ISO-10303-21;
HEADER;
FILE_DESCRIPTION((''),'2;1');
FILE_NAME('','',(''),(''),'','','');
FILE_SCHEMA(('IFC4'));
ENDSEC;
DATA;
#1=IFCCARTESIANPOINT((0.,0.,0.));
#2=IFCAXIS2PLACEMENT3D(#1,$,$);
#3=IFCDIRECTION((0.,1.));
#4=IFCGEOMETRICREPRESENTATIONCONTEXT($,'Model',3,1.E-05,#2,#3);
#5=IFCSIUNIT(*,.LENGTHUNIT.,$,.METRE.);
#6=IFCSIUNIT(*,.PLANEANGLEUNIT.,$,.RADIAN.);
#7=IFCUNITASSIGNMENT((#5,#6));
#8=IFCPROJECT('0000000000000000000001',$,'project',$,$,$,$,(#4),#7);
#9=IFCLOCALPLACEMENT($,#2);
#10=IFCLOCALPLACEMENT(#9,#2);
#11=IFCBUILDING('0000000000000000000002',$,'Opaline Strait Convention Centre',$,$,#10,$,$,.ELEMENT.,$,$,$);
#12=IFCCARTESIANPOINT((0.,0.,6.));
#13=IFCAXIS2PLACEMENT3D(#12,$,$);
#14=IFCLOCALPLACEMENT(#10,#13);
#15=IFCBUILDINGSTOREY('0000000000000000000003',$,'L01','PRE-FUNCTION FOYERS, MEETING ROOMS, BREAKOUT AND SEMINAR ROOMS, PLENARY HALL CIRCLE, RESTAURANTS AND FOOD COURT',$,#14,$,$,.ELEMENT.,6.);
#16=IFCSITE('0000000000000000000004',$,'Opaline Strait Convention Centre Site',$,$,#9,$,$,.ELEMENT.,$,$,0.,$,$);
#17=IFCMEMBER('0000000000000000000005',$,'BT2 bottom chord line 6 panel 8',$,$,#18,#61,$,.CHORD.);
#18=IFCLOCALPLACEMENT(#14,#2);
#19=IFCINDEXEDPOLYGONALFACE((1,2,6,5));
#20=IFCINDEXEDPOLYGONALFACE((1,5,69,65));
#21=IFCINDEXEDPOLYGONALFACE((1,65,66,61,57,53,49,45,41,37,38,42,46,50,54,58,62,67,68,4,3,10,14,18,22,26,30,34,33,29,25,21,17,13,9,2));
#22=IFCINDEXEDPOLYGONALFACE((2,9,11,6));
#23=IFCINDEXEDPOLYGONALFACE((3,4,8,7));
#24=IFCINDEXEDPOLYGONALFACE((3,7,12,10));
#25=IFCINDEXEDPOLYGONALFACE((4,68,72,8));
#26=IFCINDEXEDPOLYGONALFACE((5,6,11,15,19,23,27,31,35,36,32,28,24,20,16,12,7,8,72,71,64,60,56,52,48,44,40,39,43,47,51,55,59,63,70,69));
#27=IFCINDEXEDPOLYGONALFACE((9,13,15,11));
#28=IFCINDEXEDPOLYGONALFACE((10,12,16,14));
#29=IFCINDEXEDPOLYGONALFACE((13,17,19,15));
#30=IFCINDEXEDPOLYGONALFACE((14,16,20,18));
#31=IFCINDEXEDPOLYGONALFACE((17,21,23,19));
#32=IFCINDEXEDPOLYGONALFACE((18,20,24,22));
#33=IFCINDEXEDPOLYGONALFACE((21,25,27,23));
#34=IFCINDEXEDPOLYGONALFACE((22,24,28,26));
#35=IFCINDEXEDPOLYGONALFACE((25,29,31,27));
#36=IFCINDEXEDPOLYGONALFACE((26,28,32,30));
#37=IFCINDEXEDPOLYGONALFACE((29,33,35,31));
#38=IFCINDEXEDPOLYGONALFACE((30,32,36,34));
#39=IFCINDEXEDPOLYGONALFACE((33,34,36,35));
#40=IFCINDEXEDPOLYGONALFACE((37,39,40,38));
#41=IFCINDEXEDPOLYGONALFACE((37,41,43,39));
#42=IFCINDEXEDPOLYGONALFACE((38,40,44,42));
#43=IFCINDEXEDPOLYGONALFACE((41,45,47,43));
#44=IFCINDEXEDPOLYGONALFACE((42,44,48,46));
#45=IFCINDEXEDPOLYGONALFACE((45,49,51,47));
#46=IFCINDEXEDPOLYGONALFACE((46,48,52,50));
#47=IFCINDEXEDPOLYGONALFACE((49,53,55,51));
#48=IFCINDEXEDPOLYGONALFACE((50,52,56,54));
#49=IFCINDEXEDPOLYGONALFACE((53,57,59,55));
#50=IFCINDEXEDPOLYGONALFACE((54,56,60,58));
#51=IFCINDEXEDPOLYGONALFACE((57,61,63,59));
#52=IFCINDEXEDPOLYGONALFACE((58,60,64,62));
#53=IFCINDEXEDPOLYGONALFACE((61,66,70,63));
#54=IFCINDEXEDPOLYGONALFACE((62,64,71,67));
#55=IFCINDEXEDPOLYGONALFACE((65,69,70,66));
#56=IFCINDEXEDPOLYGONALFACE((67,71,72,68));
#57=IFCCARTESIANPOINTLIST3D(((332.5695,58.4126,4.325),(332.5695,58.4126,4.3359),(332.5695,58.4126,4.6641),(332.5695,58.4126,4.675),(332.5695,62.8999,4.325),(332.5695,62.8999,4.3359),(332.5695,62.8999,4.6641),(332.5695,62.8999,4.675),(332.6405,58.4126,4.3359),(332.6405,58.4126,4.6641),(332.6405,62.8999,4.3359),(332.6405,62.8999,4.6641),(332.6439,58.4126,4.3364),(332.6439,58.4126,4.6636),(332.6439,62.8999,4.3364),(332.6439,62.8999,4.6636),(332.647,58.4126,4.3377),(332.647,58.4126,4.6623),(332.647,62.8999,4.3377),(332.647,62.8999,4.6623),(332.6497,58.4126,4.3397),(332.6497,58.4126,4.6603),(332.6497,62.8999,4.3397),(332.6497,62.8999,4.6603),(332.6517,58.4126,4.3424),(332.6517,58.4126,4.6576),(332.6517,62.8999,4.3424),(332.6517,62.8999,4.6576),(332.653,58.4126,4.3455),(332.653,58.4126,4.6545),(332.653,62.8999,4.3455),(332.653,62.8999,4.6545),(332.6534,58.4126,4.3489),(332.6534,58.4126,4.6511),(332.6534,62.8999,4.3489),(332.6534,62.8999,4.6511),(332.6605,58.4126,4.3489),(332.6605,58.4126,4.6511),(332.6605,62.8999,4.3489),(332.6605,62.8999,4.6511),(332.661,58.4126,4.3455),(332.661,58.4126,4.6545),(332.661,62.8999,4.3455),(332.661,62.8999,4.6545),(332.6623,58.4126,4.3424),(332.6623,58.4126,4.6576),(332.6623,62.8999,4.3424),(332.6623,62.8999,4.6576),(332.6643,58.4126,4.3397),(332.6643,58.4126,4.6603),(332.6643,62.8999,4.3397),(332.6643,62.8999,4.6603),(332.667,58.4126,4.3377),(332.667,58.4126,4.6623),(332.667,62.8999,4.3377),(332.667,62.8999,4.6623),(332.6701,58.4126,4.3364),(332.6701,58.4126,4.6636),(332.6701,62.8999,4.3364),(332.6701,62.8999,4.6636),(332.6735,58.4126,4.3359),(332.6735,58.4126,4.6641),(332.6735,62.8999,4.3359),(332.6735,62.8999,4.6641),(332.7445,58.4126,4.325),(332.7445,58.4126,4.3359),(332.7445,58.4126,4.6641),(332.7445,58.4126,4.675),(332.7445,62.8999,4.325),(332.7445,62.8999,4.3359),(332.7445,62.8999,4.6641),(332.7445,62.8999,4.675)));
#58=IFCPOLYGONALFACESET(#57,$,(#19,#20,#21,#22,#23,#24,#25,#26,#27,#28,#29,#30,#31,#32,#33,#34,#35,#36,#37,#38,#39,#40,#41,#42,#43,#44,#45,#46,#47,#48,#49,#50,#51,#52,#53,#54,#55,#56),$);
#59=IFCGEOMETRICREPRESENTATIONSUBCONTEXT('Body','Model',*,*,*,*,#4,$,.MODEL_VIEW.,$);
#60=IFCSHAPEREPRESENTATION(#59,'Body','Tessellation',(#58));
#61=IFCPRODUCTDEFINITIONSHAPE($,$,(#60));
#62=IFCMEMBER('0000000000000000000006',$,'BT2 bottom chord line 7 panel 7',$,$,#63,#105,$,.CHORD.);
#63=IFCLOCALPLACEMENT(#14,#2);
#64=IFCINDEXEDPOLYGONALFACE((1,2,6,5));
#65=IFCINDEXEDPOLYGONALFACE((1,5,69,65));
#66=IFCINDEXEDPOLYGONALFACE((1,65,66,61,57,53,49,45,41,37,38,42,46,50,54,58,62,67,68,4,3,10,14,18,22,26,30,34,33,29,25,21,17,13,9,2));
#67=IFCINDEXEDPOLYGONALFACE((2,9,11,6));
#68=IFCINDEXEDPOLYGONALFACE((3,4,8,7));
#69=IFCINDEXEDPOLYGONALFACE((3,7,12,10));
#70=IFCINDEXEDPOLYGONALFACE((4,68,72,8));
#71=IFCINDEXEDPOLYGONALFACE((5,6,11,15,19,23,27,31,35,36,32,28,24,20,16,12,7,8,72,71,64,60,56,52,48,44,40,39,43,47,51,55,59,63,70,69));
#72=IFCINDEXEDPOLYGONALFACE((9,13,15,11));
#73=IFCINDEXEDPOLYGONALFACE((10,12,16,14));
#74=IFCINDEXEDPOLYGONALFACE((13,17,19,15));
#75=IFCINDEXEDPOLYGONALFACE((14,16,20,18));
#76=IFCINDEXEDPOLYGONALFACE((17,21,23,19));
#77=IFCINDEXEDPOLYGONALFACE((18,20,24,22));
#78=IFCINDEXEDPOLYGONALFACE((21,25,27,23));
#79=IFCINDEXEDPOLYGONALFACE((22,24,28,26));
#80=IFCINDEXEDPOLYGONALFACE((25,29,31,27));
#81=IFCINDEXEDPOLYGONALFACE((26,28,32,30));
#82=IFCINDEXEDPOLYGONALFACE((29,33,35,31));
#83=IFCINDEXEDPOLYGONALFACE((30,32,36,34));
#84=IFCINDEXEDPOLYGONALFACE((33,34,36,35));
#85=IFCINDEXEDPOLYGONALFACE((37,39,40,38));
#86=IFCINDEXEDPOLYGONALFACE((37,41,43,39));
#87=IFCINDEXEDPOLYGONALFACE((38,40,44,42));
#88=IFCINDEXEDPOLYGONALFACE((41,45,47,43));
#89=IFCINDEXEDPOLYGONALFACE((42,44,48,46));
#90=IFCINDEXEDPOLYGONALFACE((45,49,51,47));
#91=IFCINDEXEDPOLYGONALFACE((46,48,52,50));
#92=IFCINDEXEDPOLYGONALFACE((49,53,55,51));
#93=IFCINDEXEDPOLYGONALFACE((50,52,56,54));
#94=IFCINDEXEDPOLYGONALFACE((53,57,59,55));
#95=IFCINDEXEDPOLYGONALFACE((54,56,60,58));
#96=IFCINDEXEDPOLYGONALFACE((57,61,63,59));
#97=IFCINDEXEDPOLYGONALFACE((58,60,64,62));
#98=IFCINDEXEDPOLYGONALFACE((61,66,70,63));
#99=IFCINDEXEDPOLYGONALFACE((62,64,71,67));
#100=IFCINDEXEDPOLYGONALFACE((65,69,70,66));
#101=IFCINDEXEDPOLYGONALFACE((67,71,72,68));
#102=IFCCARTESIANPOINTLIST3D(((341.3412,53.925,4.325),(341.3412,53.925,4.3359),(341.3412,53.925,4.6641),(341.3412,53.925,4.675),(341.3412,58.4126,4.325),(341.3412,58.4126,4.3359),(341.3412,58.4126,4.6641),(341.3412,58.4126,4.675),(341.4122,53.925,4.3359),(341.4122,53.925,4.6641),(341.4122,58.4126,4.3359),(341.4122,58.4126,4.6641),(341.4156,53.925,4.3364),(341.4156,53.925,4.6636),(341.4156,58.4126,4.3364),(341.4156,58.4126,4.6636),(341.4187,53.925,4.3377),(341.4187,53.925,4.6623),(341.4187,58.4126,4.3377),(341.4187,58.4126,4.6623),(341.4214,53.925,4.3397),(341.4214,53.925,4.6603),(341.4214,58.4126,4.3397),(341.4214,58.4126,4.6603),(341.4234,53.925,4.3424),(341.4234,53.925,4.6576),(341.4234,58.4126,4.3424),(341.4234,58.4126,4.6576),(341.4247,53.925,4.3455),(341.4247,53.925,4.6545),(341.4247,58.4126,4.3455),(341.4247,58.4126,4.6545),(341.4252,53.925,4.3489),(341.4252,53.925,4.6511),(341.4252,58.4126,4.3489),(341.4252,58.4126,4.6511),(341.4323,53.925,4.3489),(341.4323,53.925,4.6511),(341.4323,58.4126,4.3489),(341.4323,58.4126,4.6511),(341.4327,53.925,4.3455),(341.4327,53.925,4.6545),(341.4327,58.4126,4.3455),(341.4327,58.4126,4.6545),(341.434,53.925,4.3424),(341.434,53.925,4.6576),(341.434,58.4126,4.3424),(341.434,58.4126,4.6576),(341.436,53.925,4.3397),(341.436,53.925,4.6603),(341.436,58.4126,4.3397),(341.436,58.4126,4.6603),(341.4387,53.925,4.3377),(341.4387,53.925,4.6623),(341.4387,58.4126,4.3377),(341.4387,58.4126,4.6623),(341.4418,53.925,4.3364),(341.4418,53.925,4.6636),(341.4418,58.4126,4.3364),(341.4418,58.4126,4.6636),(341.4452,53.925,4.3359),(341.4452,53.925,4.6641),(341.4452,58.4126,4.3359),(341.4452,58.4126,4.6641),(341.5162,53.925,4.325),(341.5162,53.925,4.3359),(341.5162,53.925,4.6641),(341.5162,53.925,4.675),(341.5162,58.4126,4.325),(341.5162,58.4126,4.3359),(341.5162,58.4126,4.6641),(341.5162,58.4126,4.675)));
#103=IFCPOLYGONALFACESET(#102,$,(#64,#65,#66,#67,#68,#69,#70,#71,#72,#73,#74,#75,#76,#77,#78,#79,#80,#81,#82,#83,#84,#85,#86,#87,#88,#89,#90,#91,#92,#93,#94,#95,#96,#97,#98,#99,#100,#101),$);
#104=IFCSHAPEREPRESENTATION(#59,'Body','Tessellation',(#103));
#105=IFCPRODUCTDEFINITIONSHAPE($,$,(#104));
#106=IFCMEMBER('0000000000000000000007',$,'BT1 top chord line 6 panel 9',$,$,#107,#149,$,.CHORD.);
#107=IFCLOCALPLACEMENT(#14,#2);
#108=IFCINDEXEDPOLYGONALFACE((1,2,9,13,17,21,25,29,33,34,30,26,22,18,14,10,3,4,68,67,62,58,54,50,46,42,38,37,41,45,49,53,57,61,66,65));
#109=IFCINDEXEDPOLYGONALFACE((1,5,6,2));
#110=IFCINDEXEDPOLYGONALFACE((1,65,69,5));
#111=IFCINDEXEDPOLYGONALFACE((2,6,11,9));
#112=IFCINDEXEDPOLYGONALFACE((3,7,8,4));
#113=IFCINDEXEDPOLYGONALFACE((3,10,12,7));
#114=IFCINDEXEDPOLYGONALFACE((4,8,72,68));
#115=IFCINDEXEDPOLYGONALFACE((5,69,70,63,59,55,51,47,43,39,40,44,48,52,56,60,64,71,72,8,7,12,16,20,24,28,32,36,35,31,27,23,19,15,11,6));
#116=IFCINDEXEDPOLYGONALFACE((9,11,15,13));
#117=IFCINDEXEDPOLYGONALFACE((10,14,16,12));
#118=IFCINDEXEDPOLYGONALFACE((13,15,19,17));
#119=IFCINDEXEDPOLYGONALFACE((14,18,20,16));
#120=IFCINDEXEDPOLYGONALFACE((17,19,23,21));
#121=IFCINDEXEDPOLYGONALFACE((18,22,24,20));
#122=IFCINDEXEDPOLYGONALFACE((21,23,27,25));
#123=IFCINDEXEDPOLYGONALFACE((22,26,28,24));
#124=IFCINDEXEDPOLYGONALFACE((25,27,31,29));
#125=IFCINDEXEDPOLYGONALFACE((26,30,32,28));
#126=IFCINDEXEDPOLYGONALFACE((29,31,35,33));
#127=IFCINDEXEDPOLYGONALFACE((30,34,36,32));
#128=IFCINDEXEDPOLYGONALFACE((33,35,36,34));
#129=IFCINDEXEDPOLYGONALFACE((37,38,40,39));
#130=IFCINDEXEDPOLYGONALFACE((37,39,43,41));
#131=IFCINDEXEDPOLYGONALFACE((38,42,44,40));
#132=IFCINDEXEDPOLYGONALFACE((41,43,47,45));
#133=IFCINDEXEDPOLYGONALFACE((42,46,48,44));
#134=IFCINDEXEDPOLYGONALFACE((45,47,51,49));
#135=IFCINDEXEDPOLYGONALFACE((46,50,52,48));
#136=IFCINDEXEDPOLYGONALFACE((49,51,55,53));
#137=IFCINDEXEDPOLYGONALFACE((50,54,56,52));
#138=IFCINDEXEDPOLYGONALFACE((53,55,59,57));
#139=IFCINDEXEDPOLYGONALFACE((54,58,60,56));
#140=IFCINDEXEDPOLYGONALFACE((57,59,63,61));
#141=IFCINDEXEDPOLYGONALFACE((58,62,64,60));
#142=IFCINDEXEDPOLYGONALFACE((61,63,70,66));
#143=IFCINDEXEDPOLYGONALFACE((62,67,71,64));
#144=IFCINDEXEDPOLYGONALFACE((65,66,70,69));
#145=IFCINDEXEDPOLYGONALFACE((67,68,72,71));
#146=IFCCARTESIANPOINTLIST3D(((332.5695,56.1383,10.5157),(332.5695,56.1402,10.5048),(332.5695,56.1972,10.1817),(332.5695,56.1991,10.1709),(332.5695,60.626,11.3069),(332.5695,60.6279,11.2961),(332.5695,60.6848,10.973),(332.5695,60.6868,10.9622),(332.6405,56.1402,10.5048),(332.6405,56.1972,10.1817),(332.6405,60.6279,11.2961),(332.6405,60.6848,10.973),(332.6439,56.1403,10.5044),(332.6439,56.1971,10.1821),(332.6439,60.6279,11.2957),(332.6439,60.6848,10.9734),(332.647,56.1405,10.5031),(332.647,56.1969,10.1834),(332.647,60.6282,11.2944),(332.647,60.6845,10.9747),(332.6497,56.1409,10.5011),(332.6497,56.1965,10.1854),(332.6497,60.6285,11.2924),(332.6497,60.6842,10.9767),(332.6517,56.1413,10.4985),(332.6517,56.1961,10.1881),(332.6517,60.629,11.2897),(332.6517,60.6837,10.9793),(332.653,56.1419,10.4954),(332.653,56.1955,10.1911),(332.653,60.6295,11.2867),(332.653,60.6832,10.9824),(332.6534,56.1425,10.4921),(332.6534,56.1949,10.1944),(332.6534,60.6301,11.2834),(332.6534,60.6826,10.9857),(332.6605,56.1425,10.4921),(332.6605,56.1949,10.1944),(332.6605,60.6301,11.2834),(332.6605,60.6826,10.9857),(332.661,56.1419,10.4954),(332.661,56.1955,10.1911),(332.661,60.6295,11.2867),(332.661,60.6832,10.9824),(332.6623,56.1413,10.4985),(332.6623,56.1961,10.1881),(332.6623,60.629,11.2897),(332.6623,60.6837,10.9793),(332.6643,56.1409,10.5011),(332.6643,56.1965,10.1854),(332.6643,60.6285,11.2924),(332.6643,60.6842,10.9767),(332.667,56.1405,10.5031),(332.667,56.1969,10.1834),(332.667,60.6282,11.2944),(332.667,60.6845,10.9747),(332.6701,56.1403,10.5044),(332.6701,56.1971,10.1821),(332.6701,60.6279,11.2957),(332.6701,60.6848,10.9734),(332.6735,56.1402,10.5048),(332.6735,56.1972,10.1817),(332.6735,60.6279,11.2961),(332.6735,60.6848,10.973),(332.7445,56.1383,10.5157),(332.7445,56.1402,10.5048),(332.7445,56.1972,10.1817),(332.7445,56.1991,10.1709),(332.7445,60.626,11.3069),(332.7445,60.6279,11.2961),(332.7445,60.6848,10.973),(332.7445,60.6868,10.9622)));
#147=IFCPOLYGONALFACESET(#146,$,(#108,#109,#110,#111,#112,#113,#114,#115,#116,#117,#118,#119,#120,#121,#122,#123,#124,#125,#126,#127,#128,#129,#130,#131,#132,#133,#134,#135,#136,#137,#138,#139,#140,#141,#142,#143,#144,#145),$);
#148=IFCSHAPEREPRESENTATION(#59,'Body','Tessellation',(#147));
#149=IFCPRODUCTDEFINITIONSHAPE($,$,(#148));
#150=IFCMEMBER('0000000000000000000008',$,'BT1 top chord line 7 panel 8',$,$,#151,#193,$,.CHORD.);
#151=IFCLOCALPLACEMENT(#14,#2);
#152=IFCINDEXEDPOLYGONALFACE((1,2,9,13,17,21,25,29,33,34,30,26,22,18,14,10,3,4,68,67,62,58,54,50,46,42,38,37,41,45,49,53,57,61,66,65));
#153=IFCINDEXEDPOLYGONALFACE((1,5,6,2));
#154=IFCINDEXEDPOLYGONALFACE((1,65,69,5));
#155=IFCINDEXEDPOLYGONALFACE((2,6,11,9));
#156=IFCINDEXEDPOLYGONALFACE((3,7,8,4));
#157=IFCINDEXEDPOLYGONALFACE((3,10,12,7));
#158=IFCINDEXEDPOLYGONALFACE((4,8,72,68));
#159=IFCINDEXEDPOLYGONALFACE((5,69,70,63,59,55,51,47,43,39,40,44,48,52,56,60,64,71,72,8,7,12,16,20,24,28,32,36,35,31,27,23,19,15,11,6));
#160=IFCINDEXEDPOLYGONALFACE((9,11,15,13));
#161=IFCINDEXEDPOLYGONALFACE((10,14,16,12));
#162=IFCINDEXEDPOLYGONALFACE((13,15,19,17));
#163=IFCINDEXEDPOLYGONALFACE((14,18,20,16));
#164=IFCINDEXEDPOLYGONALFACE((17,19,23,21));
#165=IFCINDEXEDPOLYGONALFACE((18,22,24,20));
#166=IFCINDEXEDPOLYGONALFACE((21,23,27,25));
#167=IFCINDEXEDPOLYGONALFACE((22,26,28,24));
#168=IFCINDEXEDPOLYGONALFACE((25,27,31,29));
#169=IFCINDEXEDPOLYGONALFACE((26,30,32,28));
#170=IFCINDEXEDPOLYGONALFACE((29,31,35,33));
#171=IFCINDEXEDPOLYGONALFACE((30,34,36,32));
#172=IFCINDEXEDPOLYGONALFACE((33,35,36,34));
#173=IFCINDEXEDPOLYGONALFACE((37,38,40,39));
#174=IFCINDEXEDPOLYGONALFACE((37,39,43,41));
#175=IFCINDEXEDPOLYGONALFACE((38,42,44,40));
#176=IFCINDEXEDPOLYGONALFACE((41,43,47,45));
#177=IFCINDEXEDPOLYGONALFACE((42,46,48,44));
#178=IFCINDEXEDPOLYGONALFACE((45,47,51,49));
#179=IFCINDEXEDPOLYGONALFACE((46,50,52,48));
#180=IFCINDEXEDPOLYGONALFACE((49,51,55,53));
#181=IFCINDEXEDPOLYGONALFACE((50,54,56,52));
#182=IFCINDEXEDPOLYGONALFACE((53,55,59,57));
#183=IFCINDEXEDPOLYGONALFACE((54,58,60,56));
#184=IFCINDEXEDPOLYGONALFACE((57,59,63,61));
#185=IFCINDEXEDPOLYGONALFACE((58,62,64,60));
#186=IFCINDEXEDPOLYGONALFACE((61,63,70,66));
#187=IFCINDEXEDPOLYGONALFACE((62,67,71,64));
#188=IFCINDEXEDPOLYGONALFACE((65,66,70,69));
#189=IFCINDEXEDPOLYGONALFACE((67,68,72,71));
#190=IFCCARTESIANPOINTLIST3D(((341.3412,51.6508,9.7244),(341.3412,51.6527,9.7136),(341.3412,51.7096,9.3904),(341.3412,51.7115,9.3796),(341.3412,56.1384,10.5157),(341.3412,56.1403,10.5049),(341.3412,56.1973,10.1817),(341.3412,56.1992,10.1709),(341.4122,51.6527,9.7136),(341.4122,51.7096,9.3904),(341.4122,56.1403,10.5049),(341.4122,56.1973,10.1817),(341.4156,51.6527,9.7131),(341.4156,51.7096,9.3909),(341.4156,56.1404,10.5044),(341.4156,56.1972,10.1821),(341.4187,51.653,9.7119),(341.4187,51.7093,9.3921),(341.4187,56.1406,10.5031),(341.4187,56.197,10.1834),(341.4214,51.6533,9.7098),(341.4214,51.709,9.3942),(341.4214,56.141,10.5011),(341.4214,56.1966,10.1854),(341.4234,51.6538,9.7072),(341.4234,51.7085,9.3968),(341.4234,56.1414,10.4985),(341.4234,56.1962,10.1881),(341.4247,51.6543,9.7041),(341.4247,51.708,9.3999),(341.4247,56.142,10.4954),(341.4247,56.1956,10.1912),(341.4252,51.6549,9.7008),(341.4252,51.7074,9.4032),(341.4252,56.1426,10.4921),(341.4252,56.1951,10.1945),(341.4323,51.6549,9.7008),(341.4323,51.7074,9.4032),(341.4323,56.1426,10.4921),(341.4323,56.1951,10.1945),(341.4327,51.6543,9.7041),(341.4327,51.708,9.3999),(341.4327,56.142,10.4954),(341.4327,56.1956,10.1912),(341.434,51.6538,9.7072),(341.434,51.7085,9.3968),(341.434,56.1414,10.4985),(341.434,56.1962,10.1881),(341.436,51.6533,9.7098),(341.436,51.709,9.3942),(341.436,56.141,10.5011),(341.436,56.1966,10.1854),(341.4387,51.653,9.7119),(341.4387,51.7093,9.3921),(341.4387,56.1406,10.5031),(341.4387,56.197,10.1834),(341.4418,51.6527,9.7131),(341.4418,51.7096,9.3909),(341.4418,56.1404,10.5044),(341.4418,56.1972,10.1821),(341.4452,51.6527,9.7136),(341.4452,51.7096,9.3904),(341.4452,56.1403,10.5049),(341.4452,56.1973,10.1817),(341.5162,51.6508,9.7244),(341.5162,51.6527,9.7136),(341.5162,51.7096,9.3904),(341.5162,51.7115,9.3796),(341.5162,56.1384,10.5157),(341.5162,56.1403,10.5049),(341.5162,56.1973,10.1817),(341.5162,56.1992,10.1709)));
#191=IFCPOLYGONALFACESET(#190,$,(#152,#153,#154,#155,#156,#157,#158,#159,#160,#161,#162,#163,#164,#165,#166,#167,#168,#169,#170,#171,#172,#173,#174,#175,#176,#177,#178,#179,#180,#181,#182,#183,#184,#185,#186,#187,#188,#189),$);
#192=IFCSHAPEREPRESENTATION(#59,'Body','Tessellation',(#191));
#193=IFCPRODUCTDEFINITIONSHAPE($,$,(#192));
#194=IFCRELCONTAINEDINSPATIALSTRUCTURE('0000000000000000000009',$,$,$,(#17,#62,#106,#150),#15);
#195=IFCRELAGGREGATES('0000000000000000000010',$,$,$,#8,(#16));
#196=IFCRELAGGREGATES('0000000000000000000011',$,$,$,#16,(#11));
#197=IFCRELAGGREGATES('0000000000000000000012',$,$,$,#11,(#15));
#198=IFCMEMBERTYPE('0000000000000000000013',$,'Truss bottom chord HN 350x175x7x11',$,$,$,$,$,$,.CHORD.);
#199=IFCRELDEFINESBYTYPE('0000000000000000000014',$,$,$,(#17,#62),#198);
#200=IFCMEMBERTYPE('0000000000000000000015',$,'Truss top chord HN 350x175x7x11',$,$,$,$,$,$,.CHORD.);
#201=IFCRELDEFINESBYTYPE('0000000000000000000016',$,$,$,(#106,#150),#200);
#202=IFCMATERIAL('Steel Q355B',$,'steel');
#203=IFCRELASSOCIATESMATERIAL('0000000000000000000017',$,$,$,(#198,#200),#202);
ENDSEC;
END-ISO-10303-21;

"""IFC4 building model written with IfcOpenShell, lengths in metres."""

from ifc_helpers import new_model, si_unit, direction, frame, origin, origin_2d, place, context, subcontext, project, spatial, i_section, extrude, material, material_profile, profile_set, type_object, element, save


model = new_model("IFC4")

# Units and contexts
model_context = context("Model", 3, precision=1e-05, world=origin(), true_north=direction((0.0, 1.0)))
body_context = subcontext(model_context, "Body", "Model", "MODEL_VIEW")
ifc_project = project(units=[si_unit("LENGTHUNIT", "METRE"), si_unit("PLANEANGLEUNIT", "RADIAN")], contexts=[model_context])

# Site, building, storey
site_placement = place(None, origin())
site = spatial("IfcSite", under=ifc_project, at=site_placement, Name="Opaline Strait Convention Centre Site", CompositionType="ELEMENT", RefElevation=0.0)
building_placement = place(site_placement, origin())
building = spatial("IfcBuilding", under=site, at=building_placement, Name="Opaline Strait Convention Centre", CompositionType="ELEMENT")
storey_placement = place(building_placement, frame((0.0, 0.0, 6.0)))
storey = spatial("IfcBuildingStorey", under=building, at=storey_placement, Name="L01", Description="PRE-FUNCTION FOYERS, MEETING ROOMS, BREAKOUT AND SEMINAR ROOMS, PLENARY HALL CIRCLE, RESTAURANTS AND FOOD COURT", CompositionType="ELEMENT", Elevation=6.0)

# Members
ifc_material_1 = material(Name="Steel Q355B", Category="steel")
ifc_material_profile_1 = material_profile(ifc_material_1, i_section(OverallWidth=0.175, OverallDepth=0.3501, WebThickness=0.0071, FlangeThickness=0.011, FilletRadius=0.0129, at=origin_2d()), Name="HN 350x175x7x11")
ifc_profile_set_1 = profile_set([ifc_material_profile_1], Name="Steel Q355B")
member_type_1 = type_object("IfcMemberType", Name="Truss bottom chord HN 350x175x7x11", PredefinedType="CHORD", material=ifc_profile_set_1)
member_1_placement = place(storey_placement, frame((332.657, 58.4126, 4.5), z_axis=(0.0, 1.0, 0.0), x_axis=(-1.0, 0.0, 0.0)))
element("IfcMember", 1, at=member_1_placement, inside=storey, type_object=member_type_1, Name="BT2 bottom chord line 6 panel 8", PredefinedType="CHORD", context=body_context, shape_type="SweptSolid", body=[
    extrude(i_section(OverallWidth=0.175, OverallDepth=0.3501, WebThickness=0.0071, FlangeThickness=0.011, FilletRadius=0.0129, at=origin_2d()), origin(), (0.0, 0.0, 1.0), 4.4873),
])
member_2_placement = place(storey_placement, frame((341.4287, 53.925, 4.5), z_axis=(0.0, 1.0, 0.0), x_axis=(-1.0, 0.0, 0.0)))
element("IfcMember", 2, at=member_2_placement, inside=storey, type_object=member_type_1, Name="BT2 bottom chord line 7 panel 7", PredefinedType="CHORD", context=body_context, shape_type="SweptSolid", body=[
    extrude(i_section(OverallWidth=0.175, OverallDepth=0.3501, WebThickness=0.0071, FlangeThickness=0.011, FilletRadius=0.0129, at=origin_2d()), origin(), (0.0, 0.0, 1.0), 4.4875),
])
ifc_material_profile_2 = material_profile(ifc_material_1, i_section(OverallWidth=0.175, OverallDepth=0.3501, WebThickness=0.0071, FlangeThickness=0.011, FilletRadius=0.0129, at=origin_2d()), Name="HN 350x175x7x11")
ifc_profile_set_2 = profile_set([ifc_material_profile_2], Name="Steel Q355B")
member_type_2 = type_object("IfcMemberType", Name="Truss top chord HN 350x175x7x11", PredefinedType="CHORD", material=ifc_profile_set_2)
for number, where, z_axis, x_axis, name in (
    (3, (332.657, 56.1687, 10.3433), (0.0, 0.984808, 0.173645), (-1.0, 0.0, 0.0), "BT1 top chord line 6 panel 9"),
    (4, (341.4287, 51.6812, 9.552), (0.0, 0.984808, 0.173645), (-1.0, 0.0, 0.0), "BT1 top chord line 7 panel 8"),
):
    element("IfcMember", number, at=place(storey_placement, frame(where, z_axis=z_axis, x_axis=x_axis)), inside=storey, type_object=member_type_2, Name=name, PredefinedType="CHORD", context=body_context, shape_type="SweptSolid", body=[
        extrude(i_section(OverallWidth=0.175, OverallDepth=0.3501, WebThickness=0.0071, FlangeThickness=0.011, FilletRadius=0.0129, at=origin_2d()), origin(), (0.0, 0.0, 1.0), 4.5569),
    ])

save(model, "model.ifc")
